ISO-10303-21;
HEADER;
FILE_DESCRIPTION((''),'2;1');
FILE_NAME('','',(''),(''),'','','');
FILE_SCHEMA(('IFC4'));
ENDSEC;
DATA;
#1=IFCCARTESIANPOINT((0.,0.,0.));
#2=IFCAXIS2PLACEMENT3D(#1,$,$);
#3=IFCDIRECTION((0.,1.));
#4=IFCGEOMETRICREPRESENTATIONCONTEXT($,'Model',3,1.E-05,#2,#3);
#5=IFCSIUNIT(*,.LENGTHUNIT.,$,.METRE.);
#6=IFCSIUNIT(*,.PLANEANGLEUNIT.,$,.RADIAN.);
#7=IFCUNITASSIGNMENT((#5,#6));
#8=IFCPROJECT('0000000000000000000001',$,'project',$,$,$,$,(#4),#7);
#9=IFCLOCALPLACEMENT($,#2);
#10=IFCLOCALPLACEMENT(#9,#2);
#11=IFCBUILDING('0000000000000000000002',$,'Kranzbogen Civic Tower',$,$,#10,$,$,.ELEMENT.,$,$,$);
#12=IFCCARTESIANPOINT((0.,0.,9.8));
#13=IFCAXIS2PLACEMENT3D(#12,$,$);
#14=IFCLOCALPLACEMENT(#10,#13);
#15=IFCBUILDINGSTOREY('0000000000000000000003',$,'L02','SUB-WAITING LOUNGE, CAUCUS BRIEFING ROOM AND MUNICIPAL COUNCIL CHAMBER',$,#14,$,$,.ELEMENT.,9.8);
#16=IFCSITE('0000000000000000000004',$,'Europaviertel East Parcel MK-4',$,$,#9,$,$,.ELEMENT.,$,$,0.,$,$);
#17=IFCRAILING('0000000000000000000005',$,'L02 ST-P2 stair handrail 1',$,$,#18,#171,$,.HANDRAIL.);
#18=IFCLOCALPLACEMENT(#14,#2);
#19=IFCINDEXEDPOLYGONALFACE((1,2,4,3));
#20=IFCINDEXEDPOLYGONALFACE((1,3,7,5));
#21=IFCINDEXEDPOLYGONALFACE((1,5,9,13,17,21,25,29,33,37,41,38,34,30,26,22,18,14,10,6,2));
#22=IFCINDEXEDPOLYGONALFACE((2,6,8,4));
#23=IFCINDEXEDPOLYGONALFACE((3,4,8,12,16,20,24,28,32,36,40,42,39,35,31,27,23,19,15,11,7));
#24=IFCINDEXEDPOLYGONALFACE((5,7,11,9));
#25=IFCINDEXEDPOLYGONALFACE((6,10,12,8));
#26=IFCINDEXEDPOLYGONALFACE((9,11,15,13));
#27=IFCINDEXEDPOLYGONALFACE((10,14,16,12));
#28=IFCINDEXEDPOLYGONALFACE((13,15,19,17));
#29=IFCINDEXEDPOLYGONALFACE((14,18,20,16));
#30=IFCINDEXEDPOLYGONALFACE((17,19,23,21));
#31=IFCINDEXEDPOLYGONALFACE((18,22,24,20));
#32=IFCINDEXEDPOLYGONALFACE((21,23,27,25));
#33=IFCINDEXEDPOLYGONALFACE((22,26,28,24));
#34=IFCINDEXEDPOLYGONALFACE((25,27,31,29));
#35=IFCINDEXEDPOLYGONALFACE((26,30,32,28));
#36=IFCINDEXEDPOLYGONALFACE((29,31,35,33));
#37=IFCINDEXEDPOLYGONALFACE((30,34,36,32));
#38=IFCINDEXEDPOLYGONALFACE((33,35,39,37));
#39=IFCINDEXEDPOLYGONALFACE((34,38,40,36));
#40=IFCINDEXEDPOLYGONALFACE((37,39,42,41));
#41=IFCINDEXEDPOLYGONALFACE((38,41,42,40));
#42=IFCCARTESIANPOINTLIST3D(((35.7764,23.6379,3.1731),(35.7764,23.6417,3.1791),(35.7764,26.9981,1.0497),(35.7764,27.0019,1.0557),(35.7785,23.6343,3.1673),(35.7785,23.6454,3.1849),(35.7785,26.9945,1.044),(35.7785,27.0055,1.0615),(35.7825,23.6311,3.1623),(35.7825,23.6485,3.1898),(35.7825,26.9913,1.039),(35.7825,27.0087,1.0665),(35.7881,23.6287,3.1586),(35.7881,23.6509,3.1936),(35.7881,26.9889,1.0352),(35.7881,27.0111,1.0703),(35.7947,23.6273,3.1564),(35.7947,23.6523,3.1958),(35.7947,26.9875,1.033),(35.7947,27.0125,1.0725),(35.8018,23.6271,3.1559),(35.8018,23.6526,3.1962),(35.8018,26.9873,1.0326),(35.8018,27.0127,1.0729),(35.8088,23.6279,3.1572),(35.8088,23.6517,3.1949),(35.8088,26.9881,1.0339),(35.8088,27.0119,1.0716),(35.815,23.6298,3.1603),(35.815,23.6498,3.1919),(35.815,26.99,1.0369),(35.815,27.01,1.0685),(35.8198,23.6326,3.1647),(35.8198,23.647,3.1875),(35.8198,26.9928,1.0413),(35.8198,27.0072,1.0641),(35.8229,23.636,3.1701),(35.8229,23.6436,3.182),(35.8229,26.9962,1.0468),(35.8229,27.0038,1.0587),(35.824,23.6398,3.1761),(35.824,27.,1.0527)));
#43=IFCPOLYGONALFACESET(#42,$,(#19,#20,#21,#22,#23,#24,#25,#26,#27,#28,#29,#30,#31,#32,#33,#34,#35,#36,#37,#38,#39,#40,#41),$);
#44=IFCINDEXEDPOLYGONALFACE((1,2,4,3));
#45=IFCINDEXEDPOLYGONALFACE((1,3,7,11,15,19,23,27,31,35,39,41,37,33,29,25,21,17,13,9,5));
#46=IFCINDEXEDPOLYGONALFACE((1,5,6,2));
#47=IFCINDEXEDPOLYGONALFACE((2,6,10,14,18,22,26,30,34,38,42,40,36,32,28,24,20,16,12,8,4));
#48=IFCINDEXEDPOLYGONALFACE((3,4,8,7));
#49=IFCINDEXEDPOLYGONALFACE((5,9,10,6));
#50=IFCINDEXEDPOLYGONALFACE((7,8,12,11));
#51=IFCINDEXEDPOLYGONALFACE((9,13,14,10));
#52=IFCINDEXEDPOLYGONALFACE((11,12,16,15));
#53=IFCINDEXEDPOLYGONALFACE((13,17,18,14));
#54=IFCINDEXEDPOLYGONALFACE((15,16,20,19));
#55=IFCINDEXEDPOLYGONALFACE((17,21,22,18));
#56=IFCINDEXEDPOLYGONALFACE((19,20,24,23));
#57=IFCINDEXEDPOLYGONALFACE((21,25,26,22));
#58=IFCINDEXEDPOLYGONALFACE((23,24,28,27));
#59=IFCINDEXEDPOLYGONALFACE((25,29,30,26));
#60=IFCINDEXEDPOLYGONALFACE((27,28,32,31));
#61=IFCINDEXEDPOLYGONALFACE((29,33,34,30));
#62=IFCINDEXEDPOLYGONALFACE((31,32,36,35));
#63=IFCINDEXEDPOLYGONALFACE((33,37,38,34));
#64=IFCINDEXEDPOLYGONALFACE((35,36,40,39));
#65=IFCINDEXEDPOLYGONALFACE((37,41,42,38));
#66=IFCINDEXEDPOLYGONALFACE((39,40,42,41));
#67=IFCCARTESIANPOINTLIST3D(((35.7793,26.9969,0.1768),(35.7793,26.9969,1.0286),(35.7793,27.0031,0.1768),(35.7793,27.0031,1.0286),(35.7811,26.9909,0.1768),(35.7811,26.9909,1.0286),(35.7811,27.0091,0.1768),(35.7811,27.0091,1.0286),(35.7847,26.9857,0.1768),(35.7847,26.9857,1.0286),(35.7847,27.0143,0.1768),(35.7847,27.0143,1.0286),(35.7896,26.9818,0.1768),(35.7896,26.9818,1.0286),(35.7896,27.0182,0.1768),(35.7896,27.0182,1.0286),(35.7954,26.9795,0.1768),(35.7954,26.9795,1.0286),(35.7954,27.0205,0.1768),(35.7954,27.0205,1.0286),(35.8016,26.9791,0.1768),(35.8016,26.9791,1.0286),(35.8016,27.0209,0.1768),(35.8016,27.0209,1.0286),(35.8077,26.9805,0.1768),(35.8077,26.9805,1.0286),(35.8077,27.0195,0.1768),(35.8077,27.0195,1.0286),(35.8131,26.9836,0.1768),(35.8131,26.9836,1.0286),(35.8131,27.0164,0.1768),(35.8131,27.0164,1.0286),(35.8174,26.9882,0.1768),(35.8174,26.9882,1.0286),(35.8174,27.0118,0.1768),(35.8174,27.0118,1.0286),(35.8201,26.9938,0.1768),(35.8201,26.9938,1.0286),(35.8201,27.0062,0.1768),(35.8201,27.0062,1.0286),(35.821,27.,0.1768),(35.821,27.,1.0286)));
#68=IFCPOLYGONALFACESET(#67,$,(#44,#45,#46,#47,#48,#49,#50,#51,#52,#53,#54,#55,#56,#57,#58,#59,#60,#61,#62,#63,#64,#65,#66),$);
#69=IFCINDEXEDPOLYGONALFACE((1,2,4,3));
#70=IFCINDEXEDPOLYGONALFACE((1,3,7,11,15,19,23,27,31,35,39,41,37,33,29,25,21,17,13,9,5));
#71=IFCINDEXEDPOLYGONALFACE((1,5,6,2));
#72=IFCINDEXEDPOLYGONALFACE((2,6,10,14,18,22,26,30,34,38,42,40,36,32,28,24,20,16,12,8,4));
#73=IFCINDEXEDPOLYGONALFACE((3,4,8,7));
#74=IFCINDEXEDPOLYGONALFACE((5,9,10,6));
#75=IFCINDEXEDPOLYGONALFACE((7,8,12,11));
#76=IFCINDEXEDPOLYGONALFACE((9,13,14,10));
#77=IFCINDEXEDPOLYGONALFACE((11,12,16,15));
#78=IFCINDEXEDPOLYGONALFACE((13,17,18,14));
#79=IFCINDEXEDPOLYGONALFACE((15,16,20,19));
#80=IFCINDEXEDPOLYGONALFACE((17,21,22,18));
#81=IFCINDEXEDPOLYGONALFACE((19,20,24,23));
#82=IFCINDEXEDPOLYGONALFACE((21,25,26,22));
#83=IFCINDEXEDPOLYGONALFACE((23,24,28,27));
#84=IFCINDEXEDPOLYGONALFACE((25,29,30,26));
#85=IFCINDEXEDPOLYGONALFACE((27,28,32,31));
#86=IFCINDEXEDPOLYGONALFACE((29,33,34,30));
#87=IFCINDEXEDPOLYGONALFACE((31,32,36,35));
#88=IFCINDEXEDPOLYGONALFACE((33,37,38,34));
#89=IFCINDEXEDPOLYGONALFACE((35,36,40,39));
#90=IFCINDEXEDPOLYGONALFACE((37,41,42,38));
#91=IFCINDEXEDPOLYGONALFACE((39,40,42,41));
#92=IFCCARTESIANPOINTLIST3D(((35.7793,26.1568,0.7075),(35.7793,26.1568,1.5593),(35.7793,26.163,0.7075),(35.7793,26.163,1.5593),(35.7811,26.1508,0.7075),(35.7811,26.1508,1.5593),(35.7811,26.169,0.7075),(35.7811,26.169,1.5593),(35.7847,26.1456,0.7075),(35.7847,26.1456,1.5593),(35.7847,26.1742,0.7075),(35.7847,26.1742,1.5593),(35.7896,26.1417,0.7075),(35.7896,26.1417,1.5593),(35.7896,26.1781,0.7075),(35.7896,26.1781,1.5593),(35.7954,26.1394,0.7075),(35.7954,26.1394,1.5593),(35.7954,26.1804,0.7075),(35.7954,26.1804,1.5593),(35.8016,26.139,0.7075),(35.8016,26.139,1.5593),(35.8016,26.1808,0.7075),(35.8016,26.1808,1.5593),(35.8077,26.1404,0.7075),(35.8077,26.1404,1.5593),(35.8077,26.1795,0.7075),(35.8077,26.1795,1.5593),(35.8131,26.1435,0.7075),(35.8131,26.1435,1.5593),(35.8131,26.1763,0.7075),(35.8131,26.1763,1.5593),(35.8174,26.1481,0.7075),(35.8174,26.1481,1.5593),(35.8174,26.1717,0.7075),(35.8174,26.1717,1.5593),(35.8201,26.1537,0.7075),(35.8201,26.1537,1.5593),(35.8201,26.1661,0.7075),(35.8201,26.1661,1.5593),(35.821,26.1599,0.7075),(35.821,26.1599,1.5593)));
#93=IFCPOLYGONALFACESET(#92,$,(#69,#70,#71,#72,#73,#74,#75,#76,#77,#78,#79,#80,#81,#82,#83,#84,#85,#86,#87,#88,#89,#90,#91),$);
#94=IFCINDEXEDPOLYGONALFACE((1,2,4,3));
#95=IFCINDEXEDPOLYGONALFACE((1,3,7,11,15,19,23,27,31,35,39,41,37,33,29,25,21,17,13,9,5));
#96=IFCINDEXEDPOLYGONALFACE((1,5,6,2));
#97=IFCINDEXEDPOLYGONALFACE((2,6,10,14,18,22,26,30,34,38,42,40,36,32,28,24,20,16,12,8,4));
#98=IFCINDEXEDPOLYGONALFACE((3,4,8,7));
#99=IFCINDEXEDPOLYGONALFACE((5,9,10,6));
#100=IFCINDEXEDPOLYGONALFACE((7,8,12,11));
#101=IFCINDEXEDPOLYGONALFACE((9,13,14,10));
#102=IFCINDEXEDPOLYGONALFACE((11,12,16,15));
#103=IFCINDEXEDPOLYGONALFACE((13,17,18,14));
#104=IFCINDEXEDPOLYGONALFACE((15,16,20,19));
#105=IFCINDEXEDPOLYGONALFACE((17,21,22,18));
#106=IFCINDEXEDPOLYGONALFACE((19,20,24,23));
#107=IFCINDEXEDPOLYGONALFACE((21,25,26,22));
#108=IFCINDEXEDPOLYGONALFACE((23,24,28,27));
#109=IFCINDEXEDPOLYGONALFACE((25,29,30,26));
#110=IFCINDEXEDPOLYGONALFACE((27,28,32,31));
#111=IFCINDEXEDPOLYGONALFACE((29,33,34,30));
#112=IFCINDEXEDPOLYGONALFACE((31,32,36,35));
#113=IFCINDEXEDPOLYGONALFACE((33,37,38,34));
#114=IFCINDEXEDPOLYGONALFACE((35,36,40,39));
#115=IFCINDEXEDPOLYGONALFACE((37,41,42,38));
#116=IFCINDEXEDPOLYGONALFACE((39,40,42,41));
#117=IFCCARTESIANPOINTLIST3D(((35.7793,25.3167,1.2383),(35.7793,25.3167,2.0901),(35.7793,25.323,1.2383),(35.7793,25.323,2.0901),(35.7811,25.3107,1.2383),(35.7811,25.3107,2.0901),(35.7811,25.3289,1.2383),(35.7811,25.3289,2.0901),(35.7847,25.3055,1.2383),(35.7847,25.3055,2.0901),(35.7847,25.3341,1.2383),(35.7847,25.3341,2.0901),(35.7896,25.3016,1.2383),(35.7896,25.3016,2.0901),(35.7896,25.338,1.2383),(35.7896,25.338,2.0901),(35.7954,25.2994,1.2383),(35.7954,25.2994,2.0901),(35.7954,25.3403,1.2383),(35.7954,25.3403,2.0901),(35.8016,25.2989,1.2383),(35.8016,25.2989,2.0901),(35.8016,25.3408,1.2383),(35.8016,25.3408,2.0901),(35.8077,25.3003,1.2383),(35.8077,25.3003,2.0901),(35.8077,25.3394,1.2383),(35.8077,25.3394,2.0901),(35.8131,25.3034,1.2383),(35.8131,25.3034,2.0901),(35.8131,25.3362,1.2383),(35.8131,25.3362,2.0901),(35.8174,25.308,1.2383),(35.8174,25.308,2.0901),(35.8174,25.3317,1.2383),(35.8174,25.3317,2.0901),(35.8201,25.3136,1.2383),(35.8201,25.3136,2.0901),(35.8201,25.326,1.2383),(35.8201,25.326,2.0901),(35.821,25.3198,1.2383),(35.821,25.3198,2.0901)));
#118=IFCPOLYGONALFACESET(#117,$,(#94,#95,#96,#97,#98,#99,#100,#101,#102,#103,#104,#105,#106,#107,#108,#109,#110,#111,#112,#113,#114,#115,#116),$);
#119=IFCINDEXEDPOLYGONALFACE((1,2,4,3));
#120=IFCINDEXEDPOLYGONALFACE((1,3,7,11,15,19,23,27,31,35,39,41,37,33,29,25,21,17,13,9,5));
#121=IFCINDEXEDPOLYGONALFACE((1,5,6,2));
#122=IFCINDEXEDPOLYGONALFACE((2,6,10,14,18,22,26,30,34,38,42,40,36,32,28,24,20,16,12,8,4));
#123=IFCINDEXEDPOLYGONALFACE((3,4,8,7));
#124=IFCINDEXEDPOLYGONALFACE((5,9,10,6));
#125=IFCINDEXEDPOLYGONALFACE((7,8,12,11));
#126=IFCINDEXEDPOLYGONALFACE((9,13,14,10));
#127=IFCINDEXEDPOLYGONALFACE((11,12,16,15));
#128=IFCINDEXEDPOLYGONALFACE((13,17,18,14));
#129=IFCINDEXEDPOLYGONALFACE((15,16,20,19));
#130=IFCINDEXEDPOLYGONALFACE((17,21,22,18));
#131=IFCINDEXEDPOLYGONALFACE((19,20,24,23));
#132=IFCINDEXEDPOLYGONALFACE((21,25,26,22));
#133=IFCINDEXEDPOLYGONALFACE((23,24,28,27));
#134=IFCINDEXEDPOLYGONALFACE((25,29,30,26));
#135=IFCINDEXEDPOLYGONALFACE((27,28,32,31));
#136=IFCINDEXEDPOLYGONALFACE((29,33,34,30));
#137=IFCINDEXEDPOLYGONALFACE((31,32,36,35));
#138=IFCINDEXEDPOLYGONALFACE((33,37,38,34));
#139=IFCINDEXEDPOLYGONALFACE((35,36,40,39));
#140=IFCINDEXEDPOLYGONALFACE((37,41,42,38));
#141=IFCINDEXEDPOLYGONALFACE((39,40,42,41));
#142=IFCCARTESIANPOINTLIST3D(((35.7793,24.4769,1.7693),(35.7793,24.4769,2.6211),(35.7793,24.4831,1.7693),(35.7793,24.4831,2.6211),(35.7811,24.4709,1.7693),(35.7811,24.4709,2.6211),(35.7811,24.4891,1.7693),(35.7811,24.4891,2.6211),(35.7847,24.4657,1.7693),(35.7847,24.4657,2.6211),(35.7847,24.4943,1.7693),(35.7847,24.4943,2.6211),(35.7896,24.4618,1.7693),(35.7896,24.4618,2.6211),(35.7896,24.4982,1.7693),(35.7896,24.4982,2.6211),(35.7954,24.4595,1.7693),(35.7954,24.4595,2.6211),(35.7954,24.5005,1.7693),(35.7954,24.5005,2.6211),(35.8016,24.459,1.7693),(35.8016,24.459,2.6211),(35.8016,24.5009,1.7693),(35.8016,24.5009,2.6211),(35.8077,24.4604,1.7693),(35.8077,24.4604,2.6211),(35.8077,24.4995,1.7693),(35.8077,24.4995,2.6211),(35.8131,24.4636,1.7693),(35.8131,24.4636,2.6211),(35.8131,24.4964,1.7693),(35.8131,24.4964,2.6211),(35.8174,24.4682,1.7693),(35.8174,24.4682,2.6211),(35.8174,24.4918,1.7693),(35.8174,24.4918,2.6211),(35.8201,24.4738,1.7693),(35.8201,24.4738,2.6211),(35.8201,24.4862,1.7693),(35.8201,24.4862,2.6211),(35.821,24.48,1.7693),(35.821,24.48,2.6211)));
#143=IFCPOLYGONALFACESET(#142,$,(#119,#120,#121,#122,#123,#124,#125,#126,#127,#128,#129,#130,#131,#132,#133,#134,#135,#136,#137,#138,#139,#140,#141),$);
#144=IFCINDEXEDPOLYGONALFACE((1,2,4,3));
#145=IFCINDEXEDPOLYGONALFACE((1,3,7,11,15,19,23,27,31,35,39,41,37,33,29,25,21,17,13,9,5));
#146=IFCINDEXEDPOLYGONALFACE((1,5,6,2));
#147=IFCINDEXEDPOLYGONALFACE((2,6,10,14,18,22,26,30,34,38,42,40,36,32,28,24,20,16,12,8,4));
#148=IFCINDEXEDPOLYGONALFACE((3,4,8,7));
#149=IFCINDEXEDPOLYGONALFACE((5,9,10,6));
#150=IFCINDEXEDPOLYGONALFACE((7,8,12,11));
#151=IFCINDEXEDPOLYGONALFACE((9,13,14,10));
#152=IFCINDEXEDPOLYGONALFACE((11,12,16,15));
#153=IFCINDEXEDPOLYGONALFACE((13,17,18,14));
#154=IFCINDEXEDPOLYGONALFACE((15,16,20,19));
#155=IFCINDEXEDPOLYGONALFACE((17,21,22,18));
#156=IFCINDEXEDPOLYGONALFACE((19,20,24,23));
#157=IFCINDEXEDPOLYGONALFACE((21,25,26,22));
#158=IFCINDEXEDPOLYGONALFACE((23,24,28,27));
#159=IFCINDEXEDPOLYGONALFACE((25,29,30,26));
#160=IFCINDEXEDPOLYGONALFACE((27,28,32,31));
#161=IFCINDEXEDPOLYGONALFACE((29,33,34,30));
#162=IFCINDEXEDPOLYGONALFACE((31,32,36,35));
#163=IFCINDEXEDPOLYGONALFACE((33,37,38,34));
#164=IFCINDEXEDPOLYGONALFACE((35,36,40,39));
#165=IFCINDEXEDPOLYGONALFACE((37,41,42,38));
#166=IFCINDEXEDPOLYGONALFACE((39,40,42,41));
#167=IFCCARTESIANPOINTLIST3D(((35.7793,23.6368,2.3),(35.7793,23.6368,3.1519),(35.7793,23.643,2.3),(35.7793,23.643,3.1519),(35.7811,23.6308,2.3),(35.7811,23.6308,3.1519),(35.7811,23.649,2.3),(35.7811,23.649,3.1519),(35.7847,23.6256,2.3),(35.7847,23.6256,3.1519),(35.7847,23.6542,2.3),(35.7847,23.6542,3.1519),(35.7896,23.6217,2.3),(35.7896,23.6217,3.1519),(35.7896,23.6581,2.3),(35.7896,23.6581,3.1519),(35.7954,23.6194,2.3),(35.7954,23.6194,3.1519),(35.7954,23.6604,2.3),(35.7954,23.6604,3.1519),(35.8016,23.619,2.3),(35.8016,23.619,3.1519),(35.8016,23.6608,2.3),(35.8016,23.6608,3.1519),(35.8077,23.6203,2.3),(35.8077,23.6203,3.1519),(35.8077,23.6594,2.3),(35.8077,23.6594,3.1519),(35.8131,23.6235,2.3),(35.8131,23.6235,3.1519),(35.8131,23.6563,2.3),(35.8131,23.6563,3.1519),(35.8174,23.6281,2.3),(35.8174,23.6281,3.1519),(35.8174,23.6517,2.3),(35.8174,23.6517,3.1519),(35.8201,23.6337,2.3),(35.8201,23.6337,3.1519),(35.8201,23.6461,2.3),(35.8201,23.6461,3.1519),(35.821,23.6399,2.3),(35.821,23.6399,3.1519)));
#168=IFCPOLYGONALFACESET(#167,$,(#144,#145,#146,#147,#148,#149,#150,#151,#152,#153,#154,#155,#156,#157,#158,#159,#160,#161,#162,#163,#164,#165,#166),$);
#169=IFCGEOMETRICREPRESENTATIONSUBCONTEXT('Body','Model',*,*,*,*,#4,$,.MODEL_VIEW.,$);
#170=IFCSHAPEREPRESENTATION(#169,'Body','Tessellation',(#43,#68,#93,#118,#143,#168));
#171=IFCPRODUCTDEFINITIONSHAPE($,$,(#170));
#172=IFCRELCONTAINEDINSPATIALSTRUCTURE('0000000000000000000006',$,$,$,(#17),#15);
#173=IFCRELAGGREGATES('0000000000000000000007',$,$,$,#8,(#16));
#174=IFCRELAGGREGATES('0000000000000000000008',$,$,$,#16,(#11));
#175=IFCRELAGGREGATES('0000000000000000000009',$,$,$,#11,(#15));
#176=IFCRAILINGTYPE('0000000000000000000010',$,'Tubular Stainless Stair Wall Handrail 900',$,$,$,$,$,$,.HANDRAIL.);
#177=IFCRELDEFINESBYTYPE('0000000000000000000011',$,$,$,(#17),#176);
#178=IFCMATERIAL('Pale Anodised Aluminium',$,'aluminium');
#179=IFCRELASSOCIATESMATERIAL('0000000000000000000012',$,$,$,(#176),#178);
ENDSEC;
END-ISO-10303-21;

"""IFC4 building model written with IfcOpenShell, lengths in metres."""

from ifc_helpers import new_model, si_unit, direction, frame, origin, origin_2d, place, context, subcontext, project, spatial, circle, extrude, material, type_object, element, save


model = new_model("IFC4")

# Units and contexts
model_context = context("Model", 3, precision=1e-05, world=origin(), true_north=direction((0.0, 1.0)))
body_context = subcontext(model_context, "Body", "Model", "MODEL_VIEW")
ifc_project = project(units=[si_unit("LENGTHUNIT", "METRE"), si_unit("PLANEANGLEUNIT", "RADIAN")], contexts=[model_context])

# Site, building, storey
site_placement = place(None, origin())
site = spatial("IfcSite", under=ifc_project, at=site_placement, Name="Europaviertel East Parcel MK-4", CompositionType="ELEMENT", RefElevation=0.0)
building_placement = place(site_placement, origin())
building = spatial("IfcBuilding", under=site, at=building_placement, Name="Kranzbogen Civic Tower", CompositionType="ELEMENT")
storey_placement = place(building_placement, frame((0.0, 0.0, 9.8)))
storey = spatial("IfcBuildingStorey", under=building, at=storey_placement, Name="L02", Description="SUB-WAITING LOUNGE, CAUCUS BRIEFING ROOM AND MUNICIPAL COUNCIL CHAMBER", CompositionType="ELEMENT", Elevation=9.8)

# Shared definitions
ifc_material_1 = material(Name="Pale Anodised Aluminium", Category="aluminium")

# Railing
railing_type_1 = type_object("IfcRailingType", Name="Tubular Stainless Stair Wall Handrail 900", PredefinedType="HANDRAIL", material=ifc_material_1)
railing_1_placement = place(storey_placement, frame((35.8, 27.0, 0.1768)))
element("IfcRailing", 1, at=railing_1_placement, inside=storey, type_object=railing_type_1, Name="L02 ST-P2 stair handrail 1", PredefinedType="HANDRAIL", context=body_context, shape_type="SweptSolid", body=[
    extrude(circle(Radius=0.0239, at=origin_2d()), frame((0.0, 0.0, 0.876), z_axis=(0.0, -0.845362, 0.534194), x_axis=(1.0, 0.0, 0.0)), (0.0, 0.0, 1.0), 3.9749),
    extrude(circle(Radius=0.021, at=origin_2d()), origin(), (0.0, 0.0, 1.0), 0.8518),
    extrude(circle(Radius=0.021, at=origin_2d()), frame((0.0, -0.8401, 0.5308)), (0.0, 0.0, 1.0), 0.8518),
    extrude(circle(Radius=0.021, at=origin_2d()), frame((0.0, -1.6802, 1.0615)), (0.0, 0.0, 1.0), 0.8518),
    extrude(circle(Radius=0.021, at=origin_2d()), frame((0.0, -2.52, 1.5925)), (0.0, 0.0, 1.0), 0.8518),
    extrude(circle(Radius=0.021, at=origin_2d()), frame((0.0, -3.3601, 2.1233)), (0.0, 0.0, 1.0), 0.8518),
])

save(model, "model.ifc")
